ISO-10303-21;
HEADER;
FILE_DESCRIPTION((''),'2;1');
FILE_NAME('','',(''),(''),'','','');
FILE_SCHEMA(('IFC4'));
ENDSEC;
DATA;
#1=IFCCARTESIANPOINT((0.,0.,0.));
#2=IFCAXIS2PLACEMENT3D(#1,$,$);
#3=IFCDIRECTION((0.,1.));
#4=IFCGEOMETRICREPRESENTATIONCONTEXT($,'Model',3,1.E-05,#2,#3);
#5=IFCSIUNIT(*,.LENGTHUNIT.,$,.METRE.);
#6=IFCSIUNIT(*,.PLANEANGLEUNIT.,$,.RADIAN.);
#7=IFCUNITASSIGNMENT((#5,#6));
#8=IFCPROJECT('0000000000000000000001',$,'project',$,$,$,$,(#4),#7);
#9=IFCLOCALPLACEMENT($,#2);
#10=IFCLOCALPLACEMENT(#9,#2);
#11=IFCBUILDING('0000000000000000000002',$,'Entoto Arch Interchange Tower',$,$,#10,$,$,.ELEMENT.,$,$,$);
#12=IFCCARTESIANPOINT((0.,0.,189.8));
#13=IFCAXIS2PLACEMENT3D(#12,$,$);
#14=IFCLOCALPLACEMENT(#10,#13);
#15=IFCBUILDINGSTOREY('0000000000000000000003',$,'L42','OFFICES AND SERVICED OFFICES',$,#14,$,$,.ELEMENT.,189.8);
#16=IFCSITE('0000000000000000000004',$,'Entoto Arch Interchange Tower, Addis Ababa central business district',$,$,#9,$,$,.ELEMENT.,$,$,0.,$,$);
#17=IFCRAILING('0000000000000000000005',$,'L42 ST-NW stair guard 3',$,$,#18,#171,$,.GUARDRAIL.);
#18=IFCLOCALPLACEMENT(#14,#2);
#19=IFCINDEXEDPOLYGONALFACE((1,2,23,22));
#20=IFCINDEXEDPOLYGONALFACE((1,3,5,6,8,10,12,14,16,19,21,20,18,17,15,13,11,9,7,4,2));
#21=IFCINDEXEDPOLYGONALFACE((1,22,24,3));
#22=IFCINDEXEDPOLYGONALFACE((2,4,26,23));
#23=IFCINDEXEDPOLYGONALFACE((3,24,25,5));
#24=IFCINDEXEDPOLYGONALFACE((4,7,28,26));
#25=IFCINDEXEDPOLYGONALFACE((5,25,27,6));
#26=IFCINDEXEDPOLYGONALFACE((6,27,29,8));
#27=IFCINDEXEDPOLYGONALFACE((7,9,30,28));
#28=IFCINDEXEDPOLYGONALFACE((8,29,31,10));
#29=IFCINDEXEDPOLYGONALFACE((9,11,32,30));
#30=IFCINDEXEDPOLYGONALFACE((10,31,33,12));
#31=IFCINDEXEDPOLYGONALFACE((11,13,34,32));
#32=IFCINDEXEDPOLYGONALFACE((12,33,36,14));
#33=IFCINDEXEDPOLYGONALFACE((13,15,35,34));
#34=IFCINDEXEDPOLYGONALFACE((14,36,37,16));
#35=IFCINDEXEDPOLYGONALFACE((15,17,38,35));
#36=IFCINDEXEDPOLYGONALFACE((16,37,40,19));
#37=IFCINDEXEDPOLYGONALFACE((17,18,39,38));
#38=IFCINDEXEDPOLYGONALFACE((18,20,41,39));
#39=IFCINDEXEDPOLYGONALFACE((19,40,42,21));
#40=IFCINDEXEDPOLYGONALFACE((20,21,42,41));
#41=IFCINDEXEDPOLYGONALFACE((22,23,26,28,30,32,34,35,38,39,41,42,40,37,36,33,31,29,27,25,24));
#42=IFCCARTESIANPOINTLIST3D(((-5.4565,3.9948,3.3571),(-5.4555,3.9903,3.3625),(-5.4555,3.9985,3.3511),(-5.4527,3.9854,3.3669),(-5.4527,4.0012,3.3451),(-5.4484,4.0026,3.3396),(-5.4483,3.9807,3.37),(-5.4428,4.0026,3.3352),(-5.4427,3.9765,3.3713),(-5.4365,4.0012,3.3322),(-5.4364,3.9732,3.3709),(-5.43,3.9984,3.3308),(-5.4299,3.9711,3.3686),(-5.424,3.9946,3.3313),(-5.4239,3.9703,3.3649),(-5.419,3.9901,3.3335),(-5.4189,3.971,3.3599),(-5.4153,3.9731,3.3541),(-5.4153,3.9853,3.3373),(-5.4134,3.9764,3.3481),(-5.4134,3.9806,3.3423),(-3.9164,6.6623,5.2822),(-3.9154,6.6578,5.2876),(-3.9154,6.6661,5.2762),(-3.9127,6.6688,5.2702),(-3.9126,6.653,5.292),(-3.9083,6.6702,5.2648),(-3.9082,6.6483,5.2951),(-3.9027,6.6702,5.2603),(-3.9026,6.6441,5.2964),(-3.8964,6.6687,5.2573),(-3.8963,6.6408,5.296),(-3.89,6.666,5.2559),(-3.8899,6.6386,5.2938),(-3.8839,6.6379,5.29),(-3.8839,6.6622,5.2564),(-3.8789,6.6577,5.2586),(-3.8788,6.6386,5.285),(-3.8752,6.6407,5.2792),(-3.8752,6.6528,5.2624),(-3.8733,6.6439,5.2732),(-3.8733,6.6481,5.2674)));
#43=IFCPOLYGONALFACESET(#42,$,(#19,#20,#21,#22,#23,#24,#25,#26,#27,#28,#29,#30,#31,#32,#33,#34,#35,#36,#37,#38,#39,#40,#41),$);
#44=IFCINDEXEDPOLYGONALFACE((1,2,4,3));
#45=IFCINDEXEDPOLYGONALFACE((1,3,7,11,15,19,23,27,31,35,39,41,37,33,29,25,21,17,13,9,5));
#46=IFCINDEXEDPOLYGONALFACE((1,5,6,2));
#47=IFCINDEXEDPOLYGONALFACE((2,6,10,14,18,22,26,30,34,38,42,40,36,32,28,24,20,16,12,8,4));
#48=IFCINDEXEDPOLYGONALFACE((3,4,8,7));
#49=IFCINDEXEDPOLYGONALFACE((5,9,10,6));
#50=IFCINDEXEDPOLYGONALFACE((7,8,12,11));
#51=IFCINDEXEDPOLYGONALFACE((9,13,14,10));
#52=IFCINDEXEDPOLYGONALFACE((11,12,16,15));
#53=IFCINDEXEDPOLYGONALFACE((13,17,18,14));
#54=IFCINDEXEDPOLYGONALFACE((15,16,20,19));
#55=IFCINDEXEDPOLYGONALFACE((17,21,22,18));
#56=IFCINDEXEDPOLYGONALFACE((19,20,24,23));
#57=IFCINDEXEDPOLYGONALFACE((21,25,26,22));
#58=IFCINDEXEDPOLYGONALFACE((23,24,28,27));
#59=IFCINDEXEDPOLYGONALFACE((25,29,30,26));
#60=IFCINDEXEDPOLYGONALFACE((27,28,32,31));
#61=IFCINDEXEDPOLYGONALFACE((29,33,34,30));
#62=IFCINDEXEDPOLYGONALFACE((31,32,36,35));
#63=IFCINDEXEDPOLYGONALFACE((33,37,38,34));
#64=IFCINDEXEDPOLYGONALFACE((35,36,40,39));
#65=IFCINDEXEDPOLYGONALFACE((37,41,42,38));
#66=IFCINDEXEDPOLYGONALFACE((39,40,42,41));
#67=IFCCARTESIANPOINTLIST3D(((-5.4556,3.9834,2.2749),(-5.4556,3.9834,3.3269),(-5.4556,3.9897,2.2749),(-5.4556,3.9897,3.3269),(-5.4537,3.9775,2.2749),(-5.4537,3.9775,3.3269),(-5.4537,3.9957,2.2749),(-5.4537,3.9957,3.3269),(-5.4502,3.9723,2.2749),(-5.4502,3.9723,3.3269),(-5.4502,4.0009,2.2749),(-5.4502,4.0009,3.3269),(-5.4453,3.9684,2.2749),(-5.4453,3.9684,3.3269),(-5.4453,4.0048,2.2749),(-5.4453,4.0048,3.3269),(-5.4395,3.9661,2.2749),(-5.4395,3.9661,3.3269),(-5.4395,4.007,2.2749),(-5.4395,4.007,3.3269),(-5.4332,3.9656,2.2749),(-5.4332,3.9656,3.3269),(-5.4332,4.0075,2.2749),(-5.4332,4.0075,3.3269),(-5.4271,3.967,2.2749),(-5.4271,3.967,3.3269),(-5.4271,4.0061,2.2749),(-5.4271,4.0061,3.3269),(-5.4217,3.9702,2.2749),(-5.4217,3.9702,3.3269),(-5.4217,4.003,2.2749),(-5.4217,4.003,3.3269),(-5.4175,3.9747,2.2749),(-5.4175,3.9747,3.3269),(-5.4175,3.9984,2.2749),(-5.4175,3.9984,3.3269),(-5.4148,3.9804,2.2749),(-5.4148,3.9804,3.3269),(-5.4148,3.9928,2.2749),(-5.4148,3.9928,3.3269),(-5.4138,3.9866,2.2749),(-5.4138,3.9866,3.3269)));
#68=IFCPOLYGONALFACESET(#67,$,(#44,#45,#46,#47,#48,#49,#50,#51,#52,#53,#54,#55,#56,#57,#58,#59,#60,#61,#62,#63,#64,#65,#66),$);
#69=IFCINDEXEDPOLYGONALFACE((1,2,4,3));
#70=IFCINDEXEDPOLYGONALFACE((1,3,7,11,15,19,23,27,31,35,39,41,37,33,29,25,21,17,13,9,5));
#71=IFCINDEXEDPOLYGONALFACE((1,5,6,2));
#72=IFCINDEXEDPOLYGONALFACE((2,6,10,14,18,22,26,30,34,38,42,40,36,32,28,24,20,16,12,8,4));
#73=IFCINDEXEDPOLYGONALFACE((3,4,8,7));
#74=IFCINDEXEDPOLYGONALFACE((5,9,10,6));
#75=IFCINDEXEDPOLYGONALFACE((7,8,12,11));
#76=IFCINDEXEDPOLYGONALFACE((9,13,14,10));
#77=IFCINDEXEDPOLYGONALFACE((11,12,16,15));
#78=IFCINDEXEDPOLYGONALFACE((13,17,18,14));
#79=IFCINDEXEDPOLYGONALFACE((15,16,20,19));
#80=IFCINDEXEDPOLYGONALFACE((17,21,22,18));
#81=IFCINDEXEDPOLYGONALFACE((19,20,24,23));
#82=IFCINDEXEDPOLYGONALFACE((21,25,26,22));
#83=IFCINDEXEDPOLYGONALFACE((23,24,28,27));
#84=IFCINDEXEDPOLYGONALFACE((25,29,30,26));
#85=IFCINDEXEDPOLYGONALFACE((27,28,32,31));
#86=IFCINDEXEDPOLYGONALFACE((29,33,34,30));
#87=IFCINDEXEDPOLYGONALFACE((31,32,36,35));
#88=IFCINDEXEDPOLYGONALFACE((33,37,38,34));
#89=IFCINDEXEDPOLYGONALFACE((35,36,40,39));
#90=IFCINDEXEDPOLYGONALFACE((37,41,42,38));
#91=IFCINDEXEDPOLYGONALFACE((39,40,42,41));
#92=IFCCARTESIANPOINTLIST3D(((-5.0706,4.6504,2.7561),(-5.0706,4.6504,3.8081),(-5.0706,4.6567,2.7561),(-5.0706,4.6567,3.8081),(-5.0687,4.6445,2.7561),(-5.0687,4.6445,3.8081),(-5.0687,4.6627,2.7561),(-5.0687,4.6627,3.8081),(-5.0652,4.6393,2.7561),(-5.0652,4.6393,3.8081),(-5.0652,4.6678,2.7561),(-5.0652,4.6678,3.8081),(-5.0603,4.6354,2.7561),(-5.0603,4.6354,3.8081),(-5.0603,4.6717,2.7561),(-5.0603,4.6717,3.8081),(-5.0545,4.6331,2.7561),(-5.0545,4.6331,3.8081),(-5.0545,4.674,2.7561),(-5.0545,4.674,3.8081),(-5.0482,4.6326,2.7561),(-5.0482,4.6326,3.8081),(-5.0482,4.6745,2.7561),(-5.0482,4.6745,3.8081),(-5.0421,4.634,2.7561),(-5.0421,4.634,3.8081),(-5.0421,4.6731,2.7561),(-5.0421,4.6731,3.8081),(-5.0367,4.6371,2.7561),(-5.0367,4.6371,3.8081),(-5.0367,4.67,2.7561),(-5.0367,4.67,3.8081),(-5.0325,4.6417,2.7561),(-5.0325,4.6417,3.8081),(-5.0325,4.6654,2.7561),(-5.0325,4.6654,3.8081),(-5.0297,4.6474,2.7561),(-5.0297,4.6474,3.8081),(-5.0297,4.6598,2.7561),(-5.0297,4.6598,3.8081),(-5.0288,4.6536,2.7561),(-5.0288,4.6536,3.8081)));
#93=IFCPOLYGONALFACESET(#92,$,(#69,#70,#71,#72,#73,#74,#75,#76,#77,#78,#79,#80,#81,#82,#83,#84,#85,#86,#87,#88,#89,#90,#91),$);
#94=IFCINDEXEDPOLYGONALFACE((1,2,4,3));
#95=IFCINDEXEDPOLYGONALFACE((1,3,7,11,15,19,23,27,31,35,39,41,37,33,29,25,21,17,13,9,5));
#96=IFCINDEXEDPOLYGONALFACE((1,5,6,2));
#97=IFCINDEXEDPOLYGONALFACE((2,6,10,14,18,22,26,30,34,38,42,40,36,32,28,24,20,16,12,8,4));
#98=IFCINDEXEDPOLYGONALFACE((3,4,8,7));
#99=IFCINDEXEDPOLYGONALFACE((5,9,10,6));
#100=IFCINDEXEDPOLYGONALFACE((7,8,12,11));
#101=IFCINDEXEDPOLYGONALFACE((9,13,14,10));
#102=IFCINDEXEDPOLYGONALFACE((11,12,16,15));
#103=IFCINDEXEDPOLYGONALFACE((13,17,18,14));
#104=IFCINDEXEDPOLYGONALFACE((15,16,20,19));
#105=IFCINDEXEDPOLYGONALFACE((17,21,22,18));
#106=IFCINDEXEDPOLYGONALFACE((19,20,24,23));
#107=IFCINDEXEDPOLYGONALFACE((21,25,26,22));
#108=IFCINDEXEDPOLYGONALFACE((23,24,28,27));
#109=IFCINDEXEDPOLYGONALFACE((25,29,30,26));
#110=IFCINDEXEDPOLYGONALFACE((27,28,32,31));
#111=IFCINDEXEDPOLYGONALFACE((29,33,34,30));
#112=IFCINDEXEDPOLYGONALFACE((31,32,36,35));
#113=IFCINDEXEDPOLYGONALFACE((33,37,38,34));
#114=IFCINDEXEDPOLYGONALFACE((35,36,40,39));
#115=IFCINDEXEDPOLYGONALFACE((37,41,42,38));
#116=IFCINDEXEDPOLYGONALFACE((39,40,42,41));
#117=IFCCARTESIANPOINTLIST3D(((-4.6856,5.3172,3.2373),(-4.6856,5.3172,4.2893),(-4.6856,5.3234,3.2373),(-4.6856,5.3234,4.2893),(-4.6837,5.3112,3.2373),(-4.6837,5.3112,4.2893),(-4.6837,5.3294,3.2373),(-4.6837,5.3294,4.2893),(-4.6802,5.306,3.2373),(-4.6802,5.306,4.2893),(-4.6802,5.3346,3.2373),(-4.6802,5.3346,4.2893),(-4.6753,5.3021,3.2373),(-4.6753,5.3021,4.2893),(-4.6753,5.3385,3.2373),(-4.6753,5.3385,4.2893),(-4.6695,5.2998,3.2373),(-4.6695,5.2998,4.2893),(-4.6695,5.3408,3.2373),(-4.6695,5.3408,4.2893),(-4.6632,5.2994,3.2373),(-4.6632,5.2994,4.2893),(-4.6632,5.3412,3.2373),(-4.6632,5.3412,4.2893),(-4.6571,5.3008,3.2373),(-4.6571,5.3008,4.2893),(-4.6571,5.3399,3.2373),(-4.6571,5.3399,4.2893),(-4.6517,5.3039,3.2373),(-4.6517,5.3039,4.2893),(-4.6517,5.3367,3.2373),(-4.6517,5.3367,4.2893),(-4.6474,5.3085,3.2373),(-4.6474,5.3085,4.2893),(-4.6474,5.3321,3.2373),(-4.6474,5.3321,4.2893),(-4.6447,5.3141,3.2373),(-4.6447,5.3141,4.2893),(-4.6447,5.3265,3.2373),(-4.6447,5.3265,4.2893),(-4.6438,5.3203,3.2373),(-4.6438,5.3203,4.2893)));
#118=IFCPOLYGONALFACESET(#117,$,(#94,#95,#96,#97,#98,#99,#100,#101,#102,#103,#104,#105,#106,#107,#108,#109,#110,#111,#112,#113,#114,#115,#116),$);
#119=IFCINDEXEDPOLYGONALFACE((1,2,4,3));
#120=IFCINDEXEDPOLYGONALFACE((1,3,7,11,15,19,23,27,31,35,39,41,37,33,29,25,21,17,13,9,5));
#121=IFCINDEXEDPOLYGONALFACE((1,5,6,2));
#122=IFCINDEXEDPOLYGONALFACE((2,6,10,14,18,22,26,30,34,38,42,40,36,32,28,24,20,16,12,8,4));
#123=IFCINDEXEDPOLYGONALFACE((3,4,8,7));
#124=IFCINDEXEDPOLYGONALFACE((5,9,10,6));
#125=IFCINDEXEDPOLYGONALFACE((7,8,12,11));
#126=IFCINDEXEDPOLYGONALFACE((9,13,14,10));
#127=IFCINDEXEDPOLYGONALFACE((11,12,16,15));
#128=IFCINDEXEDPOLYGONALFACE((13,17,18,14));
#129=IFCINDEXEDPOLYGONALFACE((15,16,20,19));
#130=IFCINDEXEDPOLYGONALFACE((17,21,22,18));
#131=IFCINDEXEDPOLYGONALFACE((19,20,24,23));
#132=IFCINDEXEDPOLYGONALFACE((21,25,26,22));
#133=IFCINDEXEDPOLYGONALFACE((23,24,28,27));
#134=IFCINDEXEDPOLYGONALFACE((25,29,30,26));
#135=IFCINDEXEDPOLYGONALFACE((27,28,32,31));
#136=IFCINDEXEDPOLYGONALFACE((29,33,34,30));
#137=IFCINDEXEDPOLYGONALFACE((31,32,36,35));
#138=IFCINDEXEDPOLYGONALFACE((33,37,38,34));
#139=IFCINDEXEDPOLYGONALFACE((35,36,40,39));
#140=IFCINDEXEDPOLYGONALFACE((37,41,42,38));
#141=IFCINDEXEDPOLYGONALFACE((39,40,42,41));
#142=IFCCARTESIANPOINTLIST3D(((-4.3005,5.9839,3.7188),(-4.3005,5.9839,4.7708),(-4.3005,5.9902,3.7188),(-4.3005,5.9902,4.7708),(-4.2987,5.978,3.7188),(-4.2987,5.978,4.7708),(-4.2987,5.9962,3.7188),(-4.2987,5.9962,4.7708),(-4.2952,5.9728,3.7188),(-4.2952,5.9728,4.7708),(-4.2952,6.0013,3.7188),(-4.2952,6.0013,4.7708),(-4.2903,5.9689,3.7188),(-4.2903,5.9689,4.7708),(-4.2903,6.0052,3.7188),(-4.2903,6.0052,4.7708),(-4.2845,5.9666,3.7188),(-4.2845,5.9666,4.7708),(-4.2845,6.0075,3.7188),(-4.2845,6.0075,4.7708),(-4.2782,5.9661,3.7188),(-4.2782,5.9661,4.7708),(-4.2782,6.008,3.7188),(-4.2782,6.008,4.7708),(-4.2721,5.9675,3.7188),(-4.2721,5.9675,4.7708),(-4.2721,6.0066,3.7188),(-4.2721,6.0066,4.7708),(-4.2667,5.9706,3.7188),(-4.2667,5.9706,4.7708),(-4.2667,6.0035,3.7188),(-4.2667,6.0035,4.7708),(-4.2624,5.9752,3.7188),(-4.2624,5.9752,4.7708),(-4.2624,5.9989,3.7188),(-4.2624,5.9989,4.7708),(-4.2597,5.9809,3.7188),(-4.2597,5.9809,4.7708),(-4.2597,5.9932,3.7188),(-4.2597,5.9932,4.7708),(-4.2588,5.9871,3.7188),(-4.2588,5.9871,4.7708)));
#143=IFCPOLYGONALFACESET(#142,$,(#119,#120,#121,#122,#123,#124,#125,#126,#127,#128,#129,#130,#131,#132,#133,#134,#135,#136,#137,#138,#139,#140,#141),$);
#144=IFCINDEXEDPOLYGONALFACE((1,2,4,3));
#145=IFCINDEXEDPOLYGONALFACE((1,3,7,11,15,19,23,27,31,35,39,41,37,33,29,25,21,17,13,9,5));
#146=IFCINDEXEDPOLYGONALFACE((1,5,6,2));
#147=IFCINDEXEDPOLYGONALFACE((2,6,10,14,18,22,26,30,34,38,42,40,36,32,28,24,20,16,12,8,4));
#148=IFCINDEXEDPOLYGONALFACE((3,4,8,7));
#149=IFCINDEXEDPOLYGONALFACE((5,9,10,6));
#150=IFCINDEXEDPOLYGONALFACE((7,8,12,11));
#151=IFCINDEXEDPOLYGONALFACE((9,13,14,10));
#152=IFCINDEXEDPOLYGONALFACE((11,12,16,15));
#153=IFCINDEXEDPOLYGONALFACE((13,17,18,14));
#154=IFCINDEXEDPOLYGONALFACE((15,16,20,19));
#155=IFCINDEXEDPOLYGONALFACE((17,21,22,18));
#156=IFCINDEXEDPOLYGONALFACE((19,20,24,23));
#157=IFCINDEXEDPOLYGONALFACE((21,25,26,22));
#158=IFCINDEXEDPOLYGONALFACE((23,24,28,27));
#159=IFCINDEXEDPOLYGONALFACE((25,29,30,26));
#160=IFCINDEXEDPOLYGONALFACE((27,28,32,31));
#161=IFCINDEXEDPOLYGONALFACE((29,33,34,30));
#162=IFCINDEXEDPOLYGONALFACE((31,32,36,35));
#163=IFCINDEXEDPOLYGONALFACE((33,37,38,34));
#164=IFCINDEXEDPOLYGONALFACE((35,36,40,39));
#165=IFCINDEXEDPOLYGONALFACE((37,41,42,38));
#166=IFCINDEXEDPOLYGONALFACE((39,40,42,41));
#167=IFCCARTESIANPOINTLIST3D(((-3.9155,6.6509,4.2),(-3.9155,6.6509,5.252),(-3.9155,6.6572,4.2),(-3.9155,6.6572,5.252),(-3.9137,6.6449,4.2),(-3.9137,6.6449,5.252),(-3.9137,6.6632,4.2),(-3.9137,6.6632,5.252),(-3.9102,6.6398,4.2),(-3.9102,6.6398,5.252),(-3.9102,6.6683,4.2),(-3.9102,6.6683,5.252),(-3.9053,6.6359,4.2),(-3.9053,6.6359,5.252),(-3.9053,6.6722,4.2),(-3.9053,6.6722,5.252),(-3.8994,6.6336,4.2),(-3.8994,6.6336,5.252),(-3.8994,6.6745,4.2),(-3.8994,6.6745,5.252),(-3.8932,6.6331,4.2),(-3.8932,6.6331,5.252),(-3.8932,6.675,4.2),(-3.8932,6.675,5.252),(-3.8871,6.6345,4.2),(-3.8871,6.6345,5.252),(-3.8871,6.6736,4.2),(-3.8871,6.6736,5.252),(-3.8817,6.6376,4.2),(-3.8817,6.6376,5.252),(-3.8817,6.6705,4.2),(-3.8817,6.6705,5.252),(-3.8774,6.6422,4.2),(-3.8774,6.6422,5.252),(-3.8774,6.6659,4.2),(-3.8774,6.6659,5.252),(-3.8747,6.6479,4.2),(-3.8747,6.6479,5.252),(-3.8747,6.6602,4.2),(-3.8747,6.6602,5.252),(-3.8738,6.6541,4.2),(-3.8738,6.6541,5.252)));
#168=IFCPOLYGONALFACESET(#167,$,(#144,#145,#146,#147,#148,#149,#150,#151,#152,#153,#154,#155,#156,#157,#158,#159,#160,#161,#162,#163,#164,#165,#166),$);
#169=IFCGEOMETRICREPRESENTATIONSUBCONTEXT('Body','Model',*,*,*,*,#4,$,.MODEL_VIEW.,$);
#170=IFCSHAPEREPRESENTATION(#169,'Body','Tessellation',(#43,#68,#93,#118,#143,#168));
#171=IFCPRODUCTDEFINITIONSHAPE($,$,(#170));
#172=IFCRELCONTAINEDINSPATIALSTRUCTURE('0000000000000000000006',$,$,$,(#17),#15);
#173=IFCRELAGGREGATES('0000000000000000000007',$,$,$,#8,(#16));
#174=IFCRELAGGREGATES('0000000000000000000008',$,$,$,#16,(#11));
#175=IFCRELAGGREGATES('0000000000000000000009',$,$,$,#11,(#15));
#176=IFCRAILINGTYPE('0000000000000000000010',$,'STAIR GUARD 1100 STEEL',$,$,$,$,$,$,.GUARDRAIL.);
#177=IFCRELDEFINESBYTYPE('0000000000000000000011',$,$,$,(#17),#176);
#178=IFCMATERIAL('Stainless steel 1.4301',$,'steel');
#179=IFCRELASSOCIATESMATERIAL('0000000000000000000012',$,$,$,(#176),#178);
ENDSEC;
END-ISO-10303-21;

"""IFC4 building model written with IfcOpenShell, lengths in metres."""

from ifc_helpers import new_model, si_unit, direction, frame, origin, origin_2d, place, context, subcontext, project, spatial, circle, extrude, material, type_object, element, save


model = new_model("IFC4")

# Units and contexts
model_context = context("Model", 3, precision=1e-05, world=origin(), true_north=direction((0.0, 1.0)))
body_context = subcontext(model_context, "Body", "Model", "MODEL_VIEW")
ifc_project = project(units=[si_unit("LENGTHUNIT", "METRE"), si_unit("PLANEANGLEUNIT", "RADIAN")], contexts=[model_context])

# Site, building, storey
site_placement = place(None, origin())
site = spatial("IfcSite", under=ifc_project, at=site_placement, Name="Entoto Arch Interchange Tower, Addis Ababa central business district", CompositionType="ELEMENT", RefElevation=0.0)
building_placement = place(site_placement, origin())
building = spatial("IfcBuilding", under=site, at=building_placement, Name="Entoto Arch Interchange Tower", CompositionType="ELEMENT")
storey_placement = place(building_placement, frame((0.0, 0.0, 189.8)))
storey = spatial("IfcBuildingStorey", under=building, at=storey_placement, Name="L42", Description="OFFICES AND SERVICED OFFICES", CompositionType="ELEMENT", Elevation=189.8)

# Railing
ifc_material_1 = material(Name="Stainless steel 1.4301", Category="steel")
railing_type = type_object("IfcRailingType", Name="STAIR GUARD 1100 STEEL", PredefinedType="GUARDRAIL", material=ifc_material_1)
railing_1_placement = place(storey_placement, frame((-5.4348, 3.9866, 2.2749)))
element("IfcRailing", 1, at=railing_1_placement, inside=storey, type_object=railing_type, Name="L42 ST-NW stair guard 3", PredefinedType="GUARDRAIL", context=body_context, shape_type="SweptSolid", body=[
    extrude(circle(Radius=0.0239, at=origin_2d()), frame((0.0, 0.0, 1.0762), z_axis=(0.423994, 0.734395, 0.529993), x_axis=(-0.86603, 0.499992, 0.0)), (0.0, 0.0, 1.0), 3.6323),
    extrude(circle(Radius=0.021, at=origin_2d()), origin(), (0.0, 0.0, 1.0), 1.052),
    extrude(circle(Radius=0.021, at=origin_2d()), frame((0.385, 0.667, 0.4812)), (0.0, 0.0, 1.0), 1.052),
    extrude(circle(Radius=0.021, at=origin_2d()), frame((0.77, 1.3337, 0.9624)), (0.0, 0.0, 1.0), 1.052),
    extrude(circle(Radius=0.021, at=origin_2d()), frame((1.155, 2.0005, 1.4438)), (0.0, 0.0, 1.0), 1.052),
    extrude(circle(Radius=0.021, at=origin_2d()), frame((1.54, 2.6675, 1.925)), (0.0, 0.0, 1.0), 1.052),
])

save(model, "model.ifc")
